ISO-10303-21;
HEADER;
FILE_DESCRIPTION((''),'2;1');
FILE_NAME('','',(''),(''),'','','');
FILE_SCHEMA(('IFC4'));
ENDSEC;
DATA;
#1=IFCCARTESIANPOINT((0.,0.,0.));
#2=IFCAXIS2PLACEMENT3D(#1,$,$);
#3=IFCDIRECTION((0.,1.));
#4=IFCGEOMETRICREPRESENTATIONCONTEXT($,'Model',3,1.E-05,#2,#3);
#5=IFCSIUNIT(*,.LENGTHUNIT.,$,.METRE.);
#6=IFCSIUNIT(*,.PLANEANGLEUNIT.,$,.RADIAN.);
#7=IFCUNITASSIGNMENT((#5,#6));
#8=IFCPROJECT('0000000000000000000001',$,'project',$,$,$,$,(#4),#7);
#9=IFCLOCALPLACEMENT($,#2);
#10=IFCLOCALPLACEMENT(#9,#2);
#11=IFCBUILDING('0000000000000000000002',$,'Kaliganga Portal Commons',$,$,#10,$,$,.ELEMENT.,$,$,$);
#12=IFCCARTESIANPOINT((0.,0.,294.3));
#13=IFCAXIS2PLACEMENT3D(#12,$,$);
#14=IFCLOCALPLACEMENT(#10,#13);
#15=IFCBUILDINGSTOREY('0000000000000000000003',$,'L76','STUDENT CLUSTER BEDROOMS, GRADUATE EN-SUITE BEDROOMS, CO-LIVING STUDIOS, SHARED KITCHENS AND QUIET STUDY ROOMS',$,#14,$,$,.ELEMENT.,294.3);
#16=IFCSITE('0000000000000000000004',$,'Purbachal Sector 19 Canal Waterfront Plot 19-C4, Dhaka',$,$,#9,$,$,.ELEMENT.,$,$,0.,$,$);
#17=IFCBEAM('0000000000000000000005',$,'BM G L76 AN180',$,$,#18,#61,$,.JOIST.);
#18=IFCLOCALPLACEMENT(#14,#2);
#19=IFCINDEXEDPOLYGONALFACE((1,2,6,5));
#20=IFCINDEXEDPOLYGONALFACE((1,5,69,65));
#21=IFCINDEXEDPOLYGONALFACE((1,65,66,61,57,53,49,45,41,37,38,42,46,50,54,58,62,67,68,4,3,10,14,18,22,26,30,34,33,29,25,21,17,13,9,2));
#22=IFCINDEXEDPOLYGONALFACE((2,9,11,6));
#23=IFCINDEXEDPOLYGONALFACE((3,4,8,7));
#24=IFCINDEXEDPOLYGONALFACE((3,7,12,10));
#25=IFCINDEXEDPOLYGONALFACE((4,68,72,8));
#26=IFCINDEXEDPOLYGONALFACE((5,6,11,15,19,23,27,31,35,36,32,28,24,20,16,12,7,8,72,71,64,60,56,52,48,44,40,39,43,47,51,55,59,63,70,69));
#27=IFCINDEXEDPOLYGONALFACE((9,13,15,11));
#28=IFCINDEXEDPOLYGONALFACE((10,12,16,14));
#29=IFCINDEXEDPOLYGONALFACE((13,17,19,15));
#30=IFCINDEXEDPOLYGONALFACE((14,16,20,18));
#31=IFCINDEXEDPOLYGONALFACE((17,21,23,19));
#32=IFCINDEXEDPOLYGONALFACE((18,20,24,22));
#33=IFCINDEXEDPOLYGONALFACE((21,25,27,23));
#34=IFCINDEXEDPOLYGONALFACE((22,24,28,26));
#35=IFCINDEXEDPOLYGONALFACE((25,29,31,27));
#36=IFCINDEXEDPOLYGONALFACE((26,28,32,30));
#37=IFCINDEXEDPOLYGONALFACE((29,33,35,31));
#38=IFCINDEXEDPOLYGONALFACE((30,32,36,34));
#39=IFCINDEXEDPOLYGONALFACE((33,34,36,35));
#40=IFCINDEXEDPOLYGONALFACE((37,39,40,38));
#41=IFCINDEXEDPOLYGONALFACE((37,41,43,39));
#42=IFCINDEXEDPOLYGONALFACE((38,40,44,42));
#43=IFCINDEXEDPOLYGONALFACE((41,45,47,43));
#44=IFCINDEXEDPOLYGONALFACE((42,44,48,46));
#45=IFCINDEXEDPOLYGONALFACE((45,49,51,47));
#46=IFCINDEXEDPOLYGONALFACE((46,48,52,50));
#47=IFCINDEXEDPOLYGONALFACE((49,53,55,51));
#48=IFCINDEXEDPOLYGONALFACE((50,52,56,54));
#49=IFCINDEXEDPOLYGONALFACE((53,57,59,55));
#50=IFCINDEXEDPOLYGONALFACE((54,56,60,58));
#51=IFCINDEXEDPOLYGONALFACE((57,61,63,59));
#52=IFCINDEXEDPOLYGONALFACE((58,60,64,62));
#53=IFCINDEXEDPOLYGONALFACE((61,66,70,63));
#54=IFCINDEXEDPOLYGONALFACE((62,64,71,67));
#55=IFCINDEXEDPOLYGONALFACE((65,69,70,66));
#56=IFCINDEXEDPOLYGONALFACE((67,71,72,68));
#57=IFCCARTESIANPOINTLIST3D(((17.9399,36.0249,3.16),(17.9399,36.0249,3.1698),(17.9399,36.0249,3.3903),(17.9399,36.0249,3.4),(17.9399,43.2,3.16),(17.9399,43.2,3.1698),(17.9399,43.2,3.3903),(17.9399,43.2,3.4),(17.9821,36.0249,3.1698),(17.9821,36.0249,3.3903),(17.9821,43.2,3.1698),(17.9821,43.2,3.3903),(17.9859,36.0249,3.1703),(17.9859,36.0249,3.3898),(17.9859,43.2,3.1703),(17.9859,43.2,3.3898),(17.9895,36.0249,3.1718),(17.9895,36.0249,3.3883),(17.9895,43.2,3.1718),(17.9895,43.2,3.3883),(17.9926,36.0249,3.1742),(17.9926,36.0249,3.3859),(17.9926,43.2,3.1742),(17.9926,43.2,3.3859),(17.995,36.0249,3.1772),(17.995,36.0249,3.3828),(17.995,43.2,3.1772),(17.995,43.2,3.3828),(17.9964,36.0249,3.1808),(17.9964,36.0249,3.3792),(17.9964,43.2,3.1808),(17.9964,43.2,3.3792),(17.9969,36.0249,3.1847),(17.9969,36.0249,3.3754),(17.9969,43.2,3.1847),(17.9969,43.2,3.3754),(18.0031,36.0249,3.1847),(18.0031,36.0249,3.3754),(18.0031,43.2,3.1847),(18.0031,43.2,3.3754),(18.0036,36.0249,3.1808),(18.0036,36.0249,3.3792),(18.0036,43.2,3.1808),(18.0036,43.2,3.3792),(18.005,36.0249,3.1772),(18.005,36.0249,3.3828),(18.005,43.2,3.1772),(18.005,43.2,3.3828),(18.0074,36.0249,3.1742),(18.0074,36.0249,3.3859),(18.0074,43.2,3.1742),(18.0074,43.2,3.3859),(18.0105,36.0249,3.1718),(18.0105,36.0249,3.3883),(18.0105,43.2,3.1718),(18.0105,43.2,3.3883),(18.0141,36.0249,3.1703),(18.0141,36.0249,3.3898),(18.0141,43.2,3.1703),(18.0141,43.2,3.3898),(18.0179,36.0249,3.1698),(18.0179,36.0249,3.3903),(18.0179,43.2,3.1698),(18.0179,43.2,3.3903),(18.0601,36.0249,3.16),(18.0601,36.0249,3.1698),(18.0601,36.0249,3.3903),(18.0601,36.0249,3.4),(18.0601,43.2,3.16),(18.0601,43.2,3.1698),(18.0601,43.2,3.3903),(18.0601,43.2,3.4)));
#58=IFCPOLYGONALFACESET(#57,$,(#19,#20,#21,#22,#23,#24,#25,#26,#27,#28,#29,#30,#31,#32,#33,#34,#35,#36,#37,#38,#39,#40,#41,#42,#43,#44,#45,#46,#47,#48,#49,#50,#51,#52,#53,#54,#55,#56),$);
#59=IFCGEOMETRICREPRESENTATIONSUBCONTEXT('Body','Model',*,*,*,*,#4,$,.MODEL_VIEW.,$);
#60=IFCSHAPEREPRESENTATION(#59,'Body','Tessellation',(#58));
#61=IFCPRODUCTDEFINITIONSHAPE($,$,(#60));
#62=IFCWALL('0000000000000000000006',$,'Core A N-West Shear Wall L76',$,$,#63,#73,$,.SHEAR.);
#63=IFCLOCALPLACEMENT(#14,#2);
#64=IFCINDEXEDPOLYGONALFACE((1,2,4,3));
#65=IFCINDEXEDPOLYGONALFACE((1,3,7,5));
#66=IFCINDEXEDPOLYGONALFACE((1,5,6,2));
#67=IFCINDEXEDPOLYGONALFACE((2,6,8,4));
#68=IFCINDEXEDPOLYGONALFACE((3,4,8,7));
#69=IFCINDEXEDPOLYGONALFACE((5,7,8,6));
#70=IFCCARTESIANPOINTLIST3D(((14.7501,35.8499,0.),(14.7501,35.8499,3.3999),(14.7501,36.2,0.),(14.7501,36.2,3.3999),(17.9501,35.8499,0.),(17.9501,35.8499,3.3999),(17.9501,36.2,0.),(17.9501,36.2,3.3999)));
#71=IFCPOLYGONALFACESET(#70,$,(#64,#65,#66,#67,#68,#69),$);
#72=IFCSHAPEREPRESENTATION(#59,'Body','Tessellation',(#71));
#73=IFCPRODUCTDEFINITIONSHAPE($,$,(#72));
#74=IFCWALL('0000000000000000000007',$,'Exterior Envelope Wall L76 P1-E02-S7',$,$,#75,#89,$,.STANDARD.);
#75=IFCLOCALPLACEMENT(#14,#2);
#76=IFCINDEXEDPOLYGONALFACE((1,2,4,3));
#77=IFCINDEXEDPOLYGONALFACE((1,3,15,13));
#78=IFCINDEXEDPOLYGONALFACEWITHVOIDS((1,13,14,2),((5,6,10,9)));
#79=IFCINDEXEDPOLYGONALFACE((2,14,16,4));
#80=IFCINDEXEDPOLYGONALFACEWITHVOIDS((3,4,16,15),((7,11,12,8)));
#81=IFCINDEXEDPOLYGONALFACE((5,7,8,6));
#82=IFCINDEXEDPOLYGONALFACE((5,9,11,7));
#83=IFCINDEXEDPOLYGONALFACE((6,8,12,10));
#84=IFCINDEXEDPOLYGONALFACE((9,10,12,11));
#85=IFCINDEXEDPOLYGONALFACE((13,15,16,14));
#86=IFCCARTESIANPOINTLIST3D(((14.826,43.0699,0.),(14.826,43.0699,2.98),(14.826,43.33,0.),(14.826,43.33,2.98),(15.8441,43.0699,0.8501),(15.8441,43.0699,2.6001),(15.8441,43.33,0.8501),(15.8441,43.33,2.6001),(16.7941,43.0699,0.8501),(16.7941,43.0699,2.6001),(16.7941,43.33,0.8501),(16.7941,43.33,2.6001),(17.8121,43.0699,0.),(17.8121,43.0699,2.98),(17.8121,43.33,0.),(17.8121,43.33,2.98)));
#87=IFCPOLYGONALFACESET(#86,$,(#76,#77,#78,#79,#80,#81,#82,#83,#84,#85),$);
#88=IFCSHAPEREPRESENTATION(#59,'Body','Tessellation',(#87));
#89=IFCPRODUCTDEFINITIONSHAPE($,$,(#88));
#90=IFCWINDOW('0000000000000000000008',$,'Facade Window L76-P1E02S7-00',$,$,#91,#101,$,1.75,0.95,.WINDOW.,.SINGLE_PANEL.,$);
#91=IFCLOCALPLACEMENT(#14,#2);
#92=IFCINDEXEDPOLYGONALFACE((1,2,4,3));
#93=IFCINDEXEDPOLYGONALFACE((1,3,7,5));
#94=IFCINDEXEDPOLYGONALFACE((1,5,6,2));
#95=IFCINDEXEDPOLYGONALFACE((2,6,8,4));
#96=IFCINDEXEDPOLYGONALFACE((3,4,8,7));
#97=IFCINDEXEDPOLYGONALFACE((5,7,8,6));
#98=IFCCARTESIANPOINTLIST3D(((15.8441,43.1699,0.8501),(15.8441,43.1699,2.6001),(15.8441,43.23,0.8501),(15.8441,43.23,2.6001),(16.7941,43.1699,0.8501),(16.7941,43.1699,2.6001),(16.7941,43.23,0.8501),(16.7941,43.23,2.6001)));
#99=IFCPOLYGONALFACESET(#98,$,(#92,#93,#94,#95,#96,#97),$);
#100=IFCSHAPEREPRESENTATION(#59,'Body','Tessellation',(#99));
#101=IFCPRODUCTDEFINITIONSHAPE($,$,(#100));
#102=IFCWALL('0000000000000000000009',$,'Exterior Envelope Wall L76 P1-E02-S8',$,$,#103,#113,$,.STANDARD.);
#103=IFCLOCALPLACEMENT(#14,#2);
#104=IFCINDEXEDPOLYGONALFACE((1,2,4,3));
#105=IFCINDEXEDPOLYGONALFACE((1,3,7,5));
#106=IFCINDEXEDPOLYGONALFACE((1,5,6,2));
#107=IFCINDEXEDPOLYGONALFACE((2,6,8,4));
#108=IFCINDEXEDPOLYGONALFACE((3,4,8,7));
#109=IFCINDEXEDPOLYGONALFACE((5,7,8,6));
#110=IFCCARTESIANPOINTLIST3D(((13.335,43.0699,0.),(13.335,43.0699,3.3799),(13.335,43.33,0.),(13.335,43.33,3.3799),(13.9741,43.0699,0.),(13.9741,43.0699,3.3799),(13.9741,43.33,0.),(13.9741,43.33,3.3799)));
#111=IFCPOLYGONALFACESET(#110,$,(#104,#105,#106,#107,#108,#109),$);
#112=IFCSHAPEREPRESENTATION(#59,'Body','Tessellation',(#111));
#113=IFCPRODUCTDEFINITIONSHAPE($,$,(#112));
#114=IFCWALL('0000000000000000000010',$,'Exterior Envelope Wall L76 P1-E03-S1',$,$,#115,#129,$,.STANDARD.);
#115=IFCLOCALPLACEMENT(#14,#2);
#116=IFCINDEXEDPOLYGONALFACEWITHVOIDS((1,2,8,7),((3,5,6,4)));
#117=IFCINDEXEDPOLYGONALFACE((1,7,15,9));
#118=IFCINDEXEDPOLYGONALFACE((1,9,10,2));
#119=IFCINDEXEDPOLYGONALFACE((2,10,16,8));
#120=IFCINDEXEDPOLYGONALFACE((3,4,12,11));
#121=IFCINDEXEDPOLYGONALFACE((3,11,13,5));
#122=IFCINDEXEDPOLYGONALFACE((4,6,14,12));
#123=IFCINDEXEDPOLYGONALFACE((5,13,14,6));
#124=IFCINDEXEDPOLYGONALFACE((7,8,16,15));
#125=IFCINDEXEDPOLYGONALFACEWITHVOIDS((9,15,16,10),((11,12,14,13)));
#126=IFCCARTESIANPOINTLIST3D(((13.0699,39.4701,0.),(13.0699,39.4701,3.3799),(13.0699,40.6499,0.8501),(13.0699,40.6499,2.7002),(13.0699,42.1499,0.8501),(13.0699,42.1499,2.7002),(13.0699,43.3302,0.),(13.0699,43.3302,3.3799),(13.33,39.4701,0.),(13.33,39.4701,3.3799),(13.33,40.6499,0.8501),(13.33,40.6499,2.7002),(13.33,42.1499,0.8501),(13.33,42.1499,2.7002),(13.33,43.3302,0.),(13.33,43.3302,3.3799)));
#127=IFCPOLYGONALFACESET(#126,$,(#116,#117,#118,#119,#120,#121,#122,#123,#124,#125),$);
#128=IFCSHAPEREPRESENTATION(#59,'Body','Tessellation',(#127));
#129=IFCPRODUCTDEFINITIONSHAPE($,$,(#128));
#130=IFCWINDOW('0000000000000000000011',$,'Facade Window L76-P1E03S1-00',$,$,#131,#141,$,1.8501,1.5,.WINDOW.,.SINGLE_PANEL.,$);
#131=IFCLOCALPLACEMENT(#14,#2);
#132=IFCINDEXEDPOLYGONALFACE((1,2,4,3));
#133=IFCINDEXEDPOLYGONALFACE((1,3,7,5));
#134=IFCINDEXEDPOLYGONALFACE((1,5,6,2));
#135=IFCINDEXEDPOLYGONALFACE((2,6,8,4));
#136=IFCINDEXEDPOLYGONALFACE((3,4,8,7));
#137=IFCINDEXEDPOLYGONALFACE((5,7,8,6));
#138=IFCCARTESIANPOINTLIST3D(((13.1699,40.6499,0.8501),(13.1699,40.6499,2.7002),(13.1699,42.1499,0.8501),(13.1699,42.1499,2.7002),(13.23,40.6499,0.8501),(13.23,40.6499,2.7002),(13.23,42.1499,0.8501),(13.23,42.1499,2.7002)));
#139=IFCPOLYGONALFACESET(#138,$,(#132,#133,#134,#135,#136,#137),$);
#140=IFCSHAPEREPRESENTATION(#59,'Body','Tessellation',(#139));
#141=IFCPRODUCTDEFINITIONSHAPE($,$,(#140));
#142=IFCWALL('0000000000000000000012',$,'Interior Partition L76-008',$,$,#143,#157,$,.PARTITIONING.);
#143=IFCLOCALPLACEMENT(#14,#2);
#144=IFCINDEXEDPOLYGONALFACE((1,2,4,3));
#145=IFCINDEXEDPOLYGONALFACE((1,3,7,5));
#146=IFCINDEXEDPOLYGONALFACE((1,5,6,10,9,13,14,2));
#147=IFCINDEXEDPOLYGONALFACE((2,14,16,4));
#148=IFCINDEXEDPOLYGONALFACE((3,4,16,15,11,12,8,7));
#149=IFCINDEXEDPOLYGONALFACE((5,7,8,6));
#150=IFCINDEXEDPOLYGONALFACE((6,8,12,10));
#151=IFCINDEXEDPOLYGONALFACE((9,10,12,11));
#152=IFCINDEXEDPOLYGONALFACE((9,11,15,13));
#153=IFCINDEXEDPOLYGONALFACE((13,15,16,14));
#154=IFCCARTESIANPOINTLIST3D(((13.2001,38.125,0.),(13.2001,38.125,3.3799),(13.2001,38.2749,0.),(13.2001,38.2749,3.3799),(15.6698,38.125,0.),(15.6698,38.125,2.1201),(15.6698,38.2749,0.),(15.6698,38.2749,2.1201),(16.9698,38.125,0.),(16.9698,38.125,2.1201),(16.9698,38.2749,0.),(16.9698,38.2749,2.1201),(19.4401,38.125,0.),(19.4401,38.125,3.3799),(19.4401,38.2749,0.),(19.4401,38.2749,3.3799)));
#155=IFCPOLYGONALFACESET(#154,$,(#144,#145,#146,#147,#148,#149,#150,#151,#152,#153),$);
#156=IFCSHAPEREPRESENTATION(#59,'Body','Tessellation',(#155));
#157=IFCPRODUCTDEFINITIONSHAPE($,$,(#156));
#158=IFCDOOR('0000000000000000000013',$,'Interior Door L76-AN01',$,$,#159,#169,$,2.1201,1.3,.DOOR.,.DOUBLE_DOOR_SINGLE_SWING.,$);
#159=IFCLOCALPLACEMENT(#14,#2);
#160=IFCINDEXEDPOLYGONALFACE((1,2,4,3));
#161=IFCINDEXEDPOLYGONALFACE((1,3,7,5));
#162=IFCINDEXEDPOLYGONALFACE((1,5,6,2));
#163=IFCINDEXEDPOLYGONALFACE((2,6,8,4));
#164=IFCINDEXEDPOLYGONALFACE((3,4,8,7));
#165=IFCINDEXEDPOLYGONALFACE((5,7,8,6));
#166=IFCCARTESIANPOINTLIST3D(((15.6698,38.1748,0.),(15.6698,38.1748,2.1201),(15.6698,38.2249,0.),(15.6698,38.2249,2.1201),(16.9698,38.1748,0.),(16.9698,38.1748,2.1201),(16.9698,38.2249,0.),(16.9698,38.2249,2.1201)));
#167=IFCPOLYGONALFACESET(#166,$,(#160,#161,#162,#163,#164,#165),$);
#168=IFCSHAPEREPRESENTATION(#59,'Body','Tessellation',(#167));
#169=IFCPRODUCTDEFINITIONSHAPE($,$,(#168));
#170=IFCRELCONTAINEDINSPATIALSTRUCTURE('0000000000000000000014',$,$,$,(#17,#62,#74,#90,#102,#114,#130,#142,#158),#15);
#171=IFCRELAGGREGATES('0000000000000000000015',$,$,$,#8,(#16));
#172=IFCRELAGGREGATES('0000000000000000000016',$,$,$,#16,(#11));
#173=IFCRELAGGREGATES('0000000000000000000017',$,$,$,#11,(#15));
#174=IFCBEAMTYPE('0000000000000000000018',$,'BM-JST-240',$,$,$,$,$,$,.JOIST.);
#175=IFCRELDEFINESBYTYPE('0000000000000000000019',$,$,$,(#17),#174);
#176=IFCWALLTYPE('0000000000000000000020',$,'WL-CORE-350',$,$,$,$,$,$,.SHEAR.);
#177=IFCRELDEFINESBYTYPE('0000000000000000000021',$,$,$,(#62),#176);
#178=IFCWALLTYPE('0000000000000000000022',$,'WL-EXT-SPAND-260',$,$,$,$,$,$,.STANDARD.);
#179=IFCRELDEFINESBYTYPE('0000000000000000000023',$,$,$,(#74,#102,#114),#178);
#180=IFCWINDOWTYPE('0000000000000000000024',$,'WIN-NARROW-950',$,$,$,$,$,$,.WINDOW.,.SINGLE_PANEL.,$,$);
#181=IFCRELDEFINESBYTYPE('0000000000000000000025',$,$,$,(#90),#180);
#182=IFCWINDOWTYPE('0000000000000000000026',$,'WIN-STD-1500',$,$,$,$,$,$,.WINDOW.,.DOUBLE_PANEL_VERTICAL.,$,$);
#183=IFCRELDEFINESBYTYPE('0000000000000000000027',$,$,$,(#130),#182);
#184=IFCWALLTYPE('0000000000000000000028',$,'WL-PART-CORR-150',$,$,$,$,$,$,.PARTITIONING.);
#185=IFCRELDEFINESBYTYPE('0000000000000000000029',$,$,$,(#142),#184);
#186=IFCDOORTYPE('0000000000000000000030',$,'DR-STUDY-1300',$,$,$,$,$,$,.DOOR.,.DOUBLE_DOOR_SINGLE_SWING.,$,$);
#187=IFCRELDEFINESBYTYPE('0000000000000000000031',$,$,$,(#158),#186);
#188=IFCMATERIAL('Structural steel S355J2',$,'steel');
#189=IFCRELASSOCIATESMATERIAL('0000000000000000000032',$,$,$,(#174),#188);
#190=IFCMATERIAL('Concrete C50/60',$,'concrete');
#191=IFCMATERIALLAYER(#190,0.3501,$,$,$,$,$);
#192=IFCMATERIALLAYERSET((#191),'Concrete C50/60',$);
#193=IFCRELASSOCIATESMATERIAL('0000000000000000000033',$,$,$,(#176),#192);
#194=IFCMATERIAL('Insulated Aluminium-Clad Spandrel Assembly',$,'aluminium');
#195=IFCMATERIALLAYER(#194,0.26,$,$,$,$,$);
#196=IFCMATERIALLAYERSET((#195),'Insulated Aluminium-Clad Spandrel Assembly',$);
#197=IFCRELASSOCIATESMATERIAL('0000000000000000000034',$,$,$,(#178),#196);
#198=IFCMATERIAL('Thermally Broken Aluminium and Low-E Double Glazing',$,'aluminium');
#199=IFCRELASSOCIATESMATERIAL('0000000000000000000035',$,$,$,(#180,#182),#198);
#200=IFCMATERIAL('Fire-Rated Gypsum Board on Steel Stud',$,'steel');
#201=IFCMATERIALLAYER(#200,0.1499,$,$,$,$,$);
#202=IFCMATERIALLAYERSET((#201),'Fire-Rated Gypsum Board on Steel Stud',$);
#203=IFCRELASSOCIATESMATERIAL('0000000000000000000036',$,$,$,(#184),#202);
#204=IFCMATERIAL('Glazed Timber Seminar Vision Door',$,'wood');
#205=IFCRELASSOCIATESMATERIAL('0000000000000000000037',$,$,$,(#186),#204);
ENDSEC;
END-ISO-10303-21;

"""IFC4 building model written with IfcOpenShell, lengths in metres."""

from ifc_helpers import new_model, si_unit, direction, frame, frame_2d, origin, origin_2d, place, context, subcontext, project, spatial, rectangle, i_section, extrude, source, transform, mapped, material, layer, layer_set, material_profile, profile_set, type_object, element, fill, save


model = new_model("IFC4")

# Units and contexts
model_context = context("Model", 3, precision=1e-05, world=origin(), true_north=direction((0.0, 1.0)))
body_context = subcontext(model_context, "Body", "Model", "MODEL_VIEW")
ifc_project = project(units=[si_unit("LENGTHUNIT", "METRE"), si_unit("PLANEANGLEUNIT", "RADIAN")], contexts=[model_context])

# Site, building, storey
site_placement = place(None, origin())
site = spatial("IfcSite", under=ifc_project, at=site_placement, Name="Purbachal Sector 19 Canal Waterfront Plot 19-C4, Dhaka", CompositionType="ELEMENT", RefElevation=0.0)
building_placement = place(site_placement, origin())
building = spatial("IfcBuilding", under=site, at=building_placement, Name="Kaliganga Portal Commons", CompositionType="ELEMENT")
storey_placement = place(building_placement, frame((0.0, 0.0, 294.3)))
storey = spatial("IfcBuildingStorey", under=building, at=storey_placement, Name="L76", Description="STUDENT CLUSTER BEDROOMS, GRADUATE EN-SUITE BEDROOMS, CO-LIVING STUDIOS, SHARED KITCHENS AND QUIET STUDY ROOMS", CompositionType="ELEMENT", Elevation=294.3)

# Shared definitions
ifc_material_1 = material(Name="Concrete C50/60", Category="concrete")

# Beam
ifc_material_2 = material(Name="Structural steel S355J2", Category="steel")
ifc_material_profile_1 = material_profile(ifc_material_2, i_section(OverallWidth=0.1201, OverallDepth=0.24, WebThickness=0.0061, FlangeThickness=0.0098, FilletRadius=0.0149, at=origin_2d()), Name="IPE 240")
ifc_profile_set_1 = profile_set([ifc_material_profile_1], Name="Structural steel S355J2 wide-flange")
beam_type_1 = type_object("IfcBeamType", Name="BM-JST-240", PredefinedType="JOIST", material=ifc_profile_set_1)
shared_shape_1 = source(origin(), body_context, "Body", "SweptSolid", [
    extrude(i_section(OverallWidth=0.1201, OverallDepth=0.24, WebThickness=0.0061, FlangeThickness=0.0098, FilletRadius=0.0149, at=origin_2d()), origin(), (0.0, 0.0, 1.0), 7.175),
])
beam_1_placement = place(storey_placement, frame((18.0, 36.0249, 3.28), z_axis=(0.0, 1.0, 0.0), x_axis=(-1.0, 0.0, 0.0)))
element("IfcBeam", 1, at=beam_1_placement, inside=storey, type_object=beam_type_1, Name="BM G L76 AN180", PredefinedType="JOIST", context=body_context, shape_type="MappedRepresentation", body=[
    mapped(shared_shape_1, transform((0.0, 0.0, 0.0), x_axis=(1.0, 0.0, 0.0), y_axis=(0.0, 1.0, 0.0), z_axis=(0.0, 0.0, 1.0), scale=1.0)),
])

# Wall
ifc_layer_1 = layer(ifc_material_1, 0.3501)
ifc_layer_set_1 = layer_set([ifc_layer_1], Name="Concrete C50/60")
wall_type_1 = type_object("IfcWallType", Name="WL-CORE-350", PredefinedType="SHEAR", material=ifc_layer_set_1)
wall_1_placement = place(storey_placement, frame((14.75, 36.0249, 0.0), z_axis=(0.0, 0.0, 1.0), x_axis=(1.0, 0.0, 0.0)))
element("IfcWall", 2, at=wall_1_placement, inside=storey, type_object=wall_type_1, Name="Core A N-West Shear Wall L76", PredefinedType="SHEAR", context=body_context, shape_type="SweptSolid", body=[
    extrude(rectangle(XDim=3.2, YDim=0.3501, at=frame_2d((1.6001, 0.0))), origin(), (0.0, 0.0, 1.0), 3.3999),
])

# Wall, opening, window
ifc_material_3 = material(Name="Insulated Aluminium-Clad Spandrel Assembly", Category="aluminium")
ifc_layer_2 = layer(ifc_material_3, 0.26)
ifc_layer_set_2 = layer_set([ifc_layer_2], Name="Insulated Aluminium-Clad Spandrel Assembly")
wall_type_2 = type_object("IfcWallType", Name="WL-EXT-SPAND-260", PredefinedType="STANDARD", material=ifc_layer_set_2)
wall_2_placement = place(storey_placement, frame((14.8259, 43.2, 0.0), z_axis=(0.0, 0.0, 1.0), x_axis=(1.0, 0.0, 0.0)))
wall_2 = element("IfcWall", 3, at=wall_2_placement, inside=storey, type_object=wall_type_2, Name="Exterior Envelope Wall L76 P1-E02-S7", PredefinedType="STANDARD", context=body_context, shape_type="SweptSolid", body=[
    extrude(rectangle(XDim=2.9861, YDim=0.26, at=frame_2d((1.4932, 0.0))), origin(), (0.0, 0.0, 1.0), 2.98),
])
opening_1_placement = place(wall_2_placement, frame((1.0181, 0.0, 0.8501)))
opening_1 = element("IfcOpeningElement", 4, at=opening_1_placement, cuts=wall_2, PredefinedType="OPENING", context=body_context, shape_type="SweptSolid", body=[
    extrude(rectangle(XDim=0.95, YDim=1.75, at=frame_2d((0.4751, 0.875))), frame((0.0, 0.1401, 0.0), z_axis=(0.0, -1.0, 0.0), x_axis=(1.0, 0.0, 0.0)), (0.0, 0.0, 1.0), 0.28),
])
ifc_material_4 = material(Name="Thermally Broken Aluminium and Low-E Double Glazing", Category="aluminium")
window_type_1 = type_object("IfcWindowType", Name="WIN-NARROW-950", PartitioningType="SINGLE_PANEL", PredefinedType="WINDOW", material=ifc_material_4)
window_1_placement = place(opening_1_placement, origin())
window_1 = element("IfcWindow", 5, at=window_1_placement, inside=storey, type_object=window_type_1, Name="Facade Window L76-P1E02S7-00", OverallHeight=1.75, OverallWidth=0.95, PartitioningType="SINGLE_PANEL", PredefinedType="WINDOW", context=body_context, shape_type="SweptSolid", body=[
    extrude(rectangle(XDim=0.95, YDim=1.75, at=frame_2d((0.4751, 0.875))), frame((0.0, 0.03, 0.0), z_axis=(0.0, -1.0, 0.0), x_axis=(1.0, 0.0, 0.0)), (0.0, 0.0, 1.0), 0.0601),
])
fill(opening_1, window_1)

# Wall
wall_3_placement = place(storey_placement, frame((13.335, 43.2, 0.0), z_axis=(0.0, 0.0, 1.0), x_axis=(1.0, 0.0, 0.0)))
element("IfcWall", 6, at=wall_3_placement, inside=storey, type_object=wall_type_2, Name="Exterior Envelope Wall L76 P1-E02-S8", PredefinedType="STANDARD", context=body_context, shape_type="SweptSolid", body=[
    extrude(rectangle(XDim=0.6392, YDim=0.26, at=frame_2d((0.3196, 0.0))), origin(), (0.0, 0.0, 1.0), 3.3799),
])

# Wall, opening, window
wall_4_placement = place(storey_placement, frame((13.2, 39.47, 0.0), z_axis=(0.0, 0.0, 1.0), x_axis=(0.0, 1.0, 0.0)))
wall_4 = element("IfcWall", 7, at=wall_4_placement, inside=storey, type_object=wall_type_2, Name="Exterior Envelope Wall L76 P1-E03-S1", PredefinedType="STANDARD", context=body_context, shape_type="SweptSolid", body=[
    extrude(rectangle(XDim=3.8601, YDim=0.26, at=frame_2d((1.9302, 0.0))), origin(), (0.0, 0.0, 1.0), 3.3799),
])
opening_2_placement = place(wall_4_placement, frame((1.1799, 0.0, 0.8501)))
opening_2 = element("IfcOpeningElement", 8, at=opening_2_placement, cuts=wall_4, PredefinedType="OPENING", context=body_context, shape_type="SweptSolid", body=[
    extrude(rectangle(XDim=1.5, YDim=1.8501, at=frame_2d((0.75, 0.925))), frame((0.0, 0.1401, 0.0), z_axis=(0.0, -1.0, 0.0), x_axis=(1.0, 0.0, 0.0)), (0.0, 0.0, 1.0), 0.28),
])
window_type_2 = type_object("IfcWindowType", Name="WIN-STD-1500", PartitioningType="DOUBLE_PANEL_VERTICAL", PredefinedType="WINDOW", material=ifc_material_4)
window_2_placement = place(opening_2_placement, origin())
window_2 = element("IfcWindow", 9, at=window_2_placement, inside=storey, type_object=window_type_2, Name="Facade Window L76-P1E03S1-00", OverallHeight=1.8501, OverallWidth=1.5, PartitioningType="SINGLE_PANEL", PredefinedType="WINDOW", context=body_context, shape_type="SweptSolid", body=[
    extrude(rectangle(XDim=1.5, YDim=1.8501, at=frame_2d((0.75, 0.925))), frame((0.0, 0.03, 0.0), z_axis=(0.0, -1.0, 0.0), x_axis=(1.0, 0.0, 0.0)), (0.0, 0.0, 1.0), 0.0601),
])
fill(opening_2, window_2)

# Wall, opening, door
ifc_material_5 = material(Name="Fire-Rated Gypsum Board on Steel Stud", Category="steel")
ifc_layer_3 = layer(ifc_material_5, 0.1499)
ifc_layer_set_3 = layer_set([ifc_layer_3], Name="Fire-Rated Gypsum Board on Steel Stud")
wall_type_3 = type_object("IfcWallType", Name="WL-PART-CORR-150", PredefinedType="PARTITIONING", material=ifc_layer_set_3)
wall_5_placement = place(storey_placement, frame((13.2, 38.2, 0.0), z_axis=(0.0, 0.0, 1.0), x_axis=(1.0, 0.0, 0.0)))
wall_5 = element("IfcWall", 10, at=wall_5_placement, inside=storey, type_object=wall_type_3, Name="Interior Partition L76-008", PredefinedType="PARTITIONING", context=body_context, shape_type="SweptSolid", body=[
    extrude(rectangle(XDim=6.24, YDim=0.1499, at=frame_2d((3.1201, 0.0))), origin(), (0.0, 0.0, 1.0), 3.3799),
])
opening_3_placement = place(wall_5_placement, frame((2.47, 0.0, 0.0)))
opening_3 = element("IfcOpeningElement", 11, at=opening_3_placement, cuts=wall_5, PredefinedType="OPENING", context=body_context, shape_type="SweptSolid", body=[
    extrude(rectangle(XDim=1.3, YDim=2.1201, at=frame_2d((0.6499, 1.0601))), frame((0.0, 0.085, 0.0), z_axis=(0.0, -1.0, 0.0), x_axis=(1.0, 0.0, 0.0)), (0.0, 0.0, 1.0), 0.1699),
])
ifc_material_6 = material(Name="Glazed Timber Seminar Vision Door", Category="wood")
door_type = type_object("IfcDoorType", Name="DR-STUDY-1300", OperationType="DOUBLE_DOOR_SINGLE_SWING", PredefinedType="DOOR", material=ifc_material_6)
door_placement = place(opening_3_placement, origin())
door = element("IfcDoor", 12, at=door_placement, inside=storey, type_object=door_type, Name="Interior Door L76-AN01", OperationType="DOUBLE_DOOR_SINGLE_SWING", OverallHeight=2.1201, OverallWidth=1.3, PredefinedType="DOOR", context=body_context, shape_type="SweptSolid", body=[
    extrude(rectangle(XDim=1.3, YDim=2.1201, at=frame_2d((0.6499, 1.0601))), frame((0.0, 0.0249, 0.0), z_axis=(0.0, -1.0, 0.0), x_axis=(1.0, 0.0, 0.0)), (0.0, 0.0, 1.0), 0.05),
])
fill(opening_3, door)

save(model, "model.ifc")
